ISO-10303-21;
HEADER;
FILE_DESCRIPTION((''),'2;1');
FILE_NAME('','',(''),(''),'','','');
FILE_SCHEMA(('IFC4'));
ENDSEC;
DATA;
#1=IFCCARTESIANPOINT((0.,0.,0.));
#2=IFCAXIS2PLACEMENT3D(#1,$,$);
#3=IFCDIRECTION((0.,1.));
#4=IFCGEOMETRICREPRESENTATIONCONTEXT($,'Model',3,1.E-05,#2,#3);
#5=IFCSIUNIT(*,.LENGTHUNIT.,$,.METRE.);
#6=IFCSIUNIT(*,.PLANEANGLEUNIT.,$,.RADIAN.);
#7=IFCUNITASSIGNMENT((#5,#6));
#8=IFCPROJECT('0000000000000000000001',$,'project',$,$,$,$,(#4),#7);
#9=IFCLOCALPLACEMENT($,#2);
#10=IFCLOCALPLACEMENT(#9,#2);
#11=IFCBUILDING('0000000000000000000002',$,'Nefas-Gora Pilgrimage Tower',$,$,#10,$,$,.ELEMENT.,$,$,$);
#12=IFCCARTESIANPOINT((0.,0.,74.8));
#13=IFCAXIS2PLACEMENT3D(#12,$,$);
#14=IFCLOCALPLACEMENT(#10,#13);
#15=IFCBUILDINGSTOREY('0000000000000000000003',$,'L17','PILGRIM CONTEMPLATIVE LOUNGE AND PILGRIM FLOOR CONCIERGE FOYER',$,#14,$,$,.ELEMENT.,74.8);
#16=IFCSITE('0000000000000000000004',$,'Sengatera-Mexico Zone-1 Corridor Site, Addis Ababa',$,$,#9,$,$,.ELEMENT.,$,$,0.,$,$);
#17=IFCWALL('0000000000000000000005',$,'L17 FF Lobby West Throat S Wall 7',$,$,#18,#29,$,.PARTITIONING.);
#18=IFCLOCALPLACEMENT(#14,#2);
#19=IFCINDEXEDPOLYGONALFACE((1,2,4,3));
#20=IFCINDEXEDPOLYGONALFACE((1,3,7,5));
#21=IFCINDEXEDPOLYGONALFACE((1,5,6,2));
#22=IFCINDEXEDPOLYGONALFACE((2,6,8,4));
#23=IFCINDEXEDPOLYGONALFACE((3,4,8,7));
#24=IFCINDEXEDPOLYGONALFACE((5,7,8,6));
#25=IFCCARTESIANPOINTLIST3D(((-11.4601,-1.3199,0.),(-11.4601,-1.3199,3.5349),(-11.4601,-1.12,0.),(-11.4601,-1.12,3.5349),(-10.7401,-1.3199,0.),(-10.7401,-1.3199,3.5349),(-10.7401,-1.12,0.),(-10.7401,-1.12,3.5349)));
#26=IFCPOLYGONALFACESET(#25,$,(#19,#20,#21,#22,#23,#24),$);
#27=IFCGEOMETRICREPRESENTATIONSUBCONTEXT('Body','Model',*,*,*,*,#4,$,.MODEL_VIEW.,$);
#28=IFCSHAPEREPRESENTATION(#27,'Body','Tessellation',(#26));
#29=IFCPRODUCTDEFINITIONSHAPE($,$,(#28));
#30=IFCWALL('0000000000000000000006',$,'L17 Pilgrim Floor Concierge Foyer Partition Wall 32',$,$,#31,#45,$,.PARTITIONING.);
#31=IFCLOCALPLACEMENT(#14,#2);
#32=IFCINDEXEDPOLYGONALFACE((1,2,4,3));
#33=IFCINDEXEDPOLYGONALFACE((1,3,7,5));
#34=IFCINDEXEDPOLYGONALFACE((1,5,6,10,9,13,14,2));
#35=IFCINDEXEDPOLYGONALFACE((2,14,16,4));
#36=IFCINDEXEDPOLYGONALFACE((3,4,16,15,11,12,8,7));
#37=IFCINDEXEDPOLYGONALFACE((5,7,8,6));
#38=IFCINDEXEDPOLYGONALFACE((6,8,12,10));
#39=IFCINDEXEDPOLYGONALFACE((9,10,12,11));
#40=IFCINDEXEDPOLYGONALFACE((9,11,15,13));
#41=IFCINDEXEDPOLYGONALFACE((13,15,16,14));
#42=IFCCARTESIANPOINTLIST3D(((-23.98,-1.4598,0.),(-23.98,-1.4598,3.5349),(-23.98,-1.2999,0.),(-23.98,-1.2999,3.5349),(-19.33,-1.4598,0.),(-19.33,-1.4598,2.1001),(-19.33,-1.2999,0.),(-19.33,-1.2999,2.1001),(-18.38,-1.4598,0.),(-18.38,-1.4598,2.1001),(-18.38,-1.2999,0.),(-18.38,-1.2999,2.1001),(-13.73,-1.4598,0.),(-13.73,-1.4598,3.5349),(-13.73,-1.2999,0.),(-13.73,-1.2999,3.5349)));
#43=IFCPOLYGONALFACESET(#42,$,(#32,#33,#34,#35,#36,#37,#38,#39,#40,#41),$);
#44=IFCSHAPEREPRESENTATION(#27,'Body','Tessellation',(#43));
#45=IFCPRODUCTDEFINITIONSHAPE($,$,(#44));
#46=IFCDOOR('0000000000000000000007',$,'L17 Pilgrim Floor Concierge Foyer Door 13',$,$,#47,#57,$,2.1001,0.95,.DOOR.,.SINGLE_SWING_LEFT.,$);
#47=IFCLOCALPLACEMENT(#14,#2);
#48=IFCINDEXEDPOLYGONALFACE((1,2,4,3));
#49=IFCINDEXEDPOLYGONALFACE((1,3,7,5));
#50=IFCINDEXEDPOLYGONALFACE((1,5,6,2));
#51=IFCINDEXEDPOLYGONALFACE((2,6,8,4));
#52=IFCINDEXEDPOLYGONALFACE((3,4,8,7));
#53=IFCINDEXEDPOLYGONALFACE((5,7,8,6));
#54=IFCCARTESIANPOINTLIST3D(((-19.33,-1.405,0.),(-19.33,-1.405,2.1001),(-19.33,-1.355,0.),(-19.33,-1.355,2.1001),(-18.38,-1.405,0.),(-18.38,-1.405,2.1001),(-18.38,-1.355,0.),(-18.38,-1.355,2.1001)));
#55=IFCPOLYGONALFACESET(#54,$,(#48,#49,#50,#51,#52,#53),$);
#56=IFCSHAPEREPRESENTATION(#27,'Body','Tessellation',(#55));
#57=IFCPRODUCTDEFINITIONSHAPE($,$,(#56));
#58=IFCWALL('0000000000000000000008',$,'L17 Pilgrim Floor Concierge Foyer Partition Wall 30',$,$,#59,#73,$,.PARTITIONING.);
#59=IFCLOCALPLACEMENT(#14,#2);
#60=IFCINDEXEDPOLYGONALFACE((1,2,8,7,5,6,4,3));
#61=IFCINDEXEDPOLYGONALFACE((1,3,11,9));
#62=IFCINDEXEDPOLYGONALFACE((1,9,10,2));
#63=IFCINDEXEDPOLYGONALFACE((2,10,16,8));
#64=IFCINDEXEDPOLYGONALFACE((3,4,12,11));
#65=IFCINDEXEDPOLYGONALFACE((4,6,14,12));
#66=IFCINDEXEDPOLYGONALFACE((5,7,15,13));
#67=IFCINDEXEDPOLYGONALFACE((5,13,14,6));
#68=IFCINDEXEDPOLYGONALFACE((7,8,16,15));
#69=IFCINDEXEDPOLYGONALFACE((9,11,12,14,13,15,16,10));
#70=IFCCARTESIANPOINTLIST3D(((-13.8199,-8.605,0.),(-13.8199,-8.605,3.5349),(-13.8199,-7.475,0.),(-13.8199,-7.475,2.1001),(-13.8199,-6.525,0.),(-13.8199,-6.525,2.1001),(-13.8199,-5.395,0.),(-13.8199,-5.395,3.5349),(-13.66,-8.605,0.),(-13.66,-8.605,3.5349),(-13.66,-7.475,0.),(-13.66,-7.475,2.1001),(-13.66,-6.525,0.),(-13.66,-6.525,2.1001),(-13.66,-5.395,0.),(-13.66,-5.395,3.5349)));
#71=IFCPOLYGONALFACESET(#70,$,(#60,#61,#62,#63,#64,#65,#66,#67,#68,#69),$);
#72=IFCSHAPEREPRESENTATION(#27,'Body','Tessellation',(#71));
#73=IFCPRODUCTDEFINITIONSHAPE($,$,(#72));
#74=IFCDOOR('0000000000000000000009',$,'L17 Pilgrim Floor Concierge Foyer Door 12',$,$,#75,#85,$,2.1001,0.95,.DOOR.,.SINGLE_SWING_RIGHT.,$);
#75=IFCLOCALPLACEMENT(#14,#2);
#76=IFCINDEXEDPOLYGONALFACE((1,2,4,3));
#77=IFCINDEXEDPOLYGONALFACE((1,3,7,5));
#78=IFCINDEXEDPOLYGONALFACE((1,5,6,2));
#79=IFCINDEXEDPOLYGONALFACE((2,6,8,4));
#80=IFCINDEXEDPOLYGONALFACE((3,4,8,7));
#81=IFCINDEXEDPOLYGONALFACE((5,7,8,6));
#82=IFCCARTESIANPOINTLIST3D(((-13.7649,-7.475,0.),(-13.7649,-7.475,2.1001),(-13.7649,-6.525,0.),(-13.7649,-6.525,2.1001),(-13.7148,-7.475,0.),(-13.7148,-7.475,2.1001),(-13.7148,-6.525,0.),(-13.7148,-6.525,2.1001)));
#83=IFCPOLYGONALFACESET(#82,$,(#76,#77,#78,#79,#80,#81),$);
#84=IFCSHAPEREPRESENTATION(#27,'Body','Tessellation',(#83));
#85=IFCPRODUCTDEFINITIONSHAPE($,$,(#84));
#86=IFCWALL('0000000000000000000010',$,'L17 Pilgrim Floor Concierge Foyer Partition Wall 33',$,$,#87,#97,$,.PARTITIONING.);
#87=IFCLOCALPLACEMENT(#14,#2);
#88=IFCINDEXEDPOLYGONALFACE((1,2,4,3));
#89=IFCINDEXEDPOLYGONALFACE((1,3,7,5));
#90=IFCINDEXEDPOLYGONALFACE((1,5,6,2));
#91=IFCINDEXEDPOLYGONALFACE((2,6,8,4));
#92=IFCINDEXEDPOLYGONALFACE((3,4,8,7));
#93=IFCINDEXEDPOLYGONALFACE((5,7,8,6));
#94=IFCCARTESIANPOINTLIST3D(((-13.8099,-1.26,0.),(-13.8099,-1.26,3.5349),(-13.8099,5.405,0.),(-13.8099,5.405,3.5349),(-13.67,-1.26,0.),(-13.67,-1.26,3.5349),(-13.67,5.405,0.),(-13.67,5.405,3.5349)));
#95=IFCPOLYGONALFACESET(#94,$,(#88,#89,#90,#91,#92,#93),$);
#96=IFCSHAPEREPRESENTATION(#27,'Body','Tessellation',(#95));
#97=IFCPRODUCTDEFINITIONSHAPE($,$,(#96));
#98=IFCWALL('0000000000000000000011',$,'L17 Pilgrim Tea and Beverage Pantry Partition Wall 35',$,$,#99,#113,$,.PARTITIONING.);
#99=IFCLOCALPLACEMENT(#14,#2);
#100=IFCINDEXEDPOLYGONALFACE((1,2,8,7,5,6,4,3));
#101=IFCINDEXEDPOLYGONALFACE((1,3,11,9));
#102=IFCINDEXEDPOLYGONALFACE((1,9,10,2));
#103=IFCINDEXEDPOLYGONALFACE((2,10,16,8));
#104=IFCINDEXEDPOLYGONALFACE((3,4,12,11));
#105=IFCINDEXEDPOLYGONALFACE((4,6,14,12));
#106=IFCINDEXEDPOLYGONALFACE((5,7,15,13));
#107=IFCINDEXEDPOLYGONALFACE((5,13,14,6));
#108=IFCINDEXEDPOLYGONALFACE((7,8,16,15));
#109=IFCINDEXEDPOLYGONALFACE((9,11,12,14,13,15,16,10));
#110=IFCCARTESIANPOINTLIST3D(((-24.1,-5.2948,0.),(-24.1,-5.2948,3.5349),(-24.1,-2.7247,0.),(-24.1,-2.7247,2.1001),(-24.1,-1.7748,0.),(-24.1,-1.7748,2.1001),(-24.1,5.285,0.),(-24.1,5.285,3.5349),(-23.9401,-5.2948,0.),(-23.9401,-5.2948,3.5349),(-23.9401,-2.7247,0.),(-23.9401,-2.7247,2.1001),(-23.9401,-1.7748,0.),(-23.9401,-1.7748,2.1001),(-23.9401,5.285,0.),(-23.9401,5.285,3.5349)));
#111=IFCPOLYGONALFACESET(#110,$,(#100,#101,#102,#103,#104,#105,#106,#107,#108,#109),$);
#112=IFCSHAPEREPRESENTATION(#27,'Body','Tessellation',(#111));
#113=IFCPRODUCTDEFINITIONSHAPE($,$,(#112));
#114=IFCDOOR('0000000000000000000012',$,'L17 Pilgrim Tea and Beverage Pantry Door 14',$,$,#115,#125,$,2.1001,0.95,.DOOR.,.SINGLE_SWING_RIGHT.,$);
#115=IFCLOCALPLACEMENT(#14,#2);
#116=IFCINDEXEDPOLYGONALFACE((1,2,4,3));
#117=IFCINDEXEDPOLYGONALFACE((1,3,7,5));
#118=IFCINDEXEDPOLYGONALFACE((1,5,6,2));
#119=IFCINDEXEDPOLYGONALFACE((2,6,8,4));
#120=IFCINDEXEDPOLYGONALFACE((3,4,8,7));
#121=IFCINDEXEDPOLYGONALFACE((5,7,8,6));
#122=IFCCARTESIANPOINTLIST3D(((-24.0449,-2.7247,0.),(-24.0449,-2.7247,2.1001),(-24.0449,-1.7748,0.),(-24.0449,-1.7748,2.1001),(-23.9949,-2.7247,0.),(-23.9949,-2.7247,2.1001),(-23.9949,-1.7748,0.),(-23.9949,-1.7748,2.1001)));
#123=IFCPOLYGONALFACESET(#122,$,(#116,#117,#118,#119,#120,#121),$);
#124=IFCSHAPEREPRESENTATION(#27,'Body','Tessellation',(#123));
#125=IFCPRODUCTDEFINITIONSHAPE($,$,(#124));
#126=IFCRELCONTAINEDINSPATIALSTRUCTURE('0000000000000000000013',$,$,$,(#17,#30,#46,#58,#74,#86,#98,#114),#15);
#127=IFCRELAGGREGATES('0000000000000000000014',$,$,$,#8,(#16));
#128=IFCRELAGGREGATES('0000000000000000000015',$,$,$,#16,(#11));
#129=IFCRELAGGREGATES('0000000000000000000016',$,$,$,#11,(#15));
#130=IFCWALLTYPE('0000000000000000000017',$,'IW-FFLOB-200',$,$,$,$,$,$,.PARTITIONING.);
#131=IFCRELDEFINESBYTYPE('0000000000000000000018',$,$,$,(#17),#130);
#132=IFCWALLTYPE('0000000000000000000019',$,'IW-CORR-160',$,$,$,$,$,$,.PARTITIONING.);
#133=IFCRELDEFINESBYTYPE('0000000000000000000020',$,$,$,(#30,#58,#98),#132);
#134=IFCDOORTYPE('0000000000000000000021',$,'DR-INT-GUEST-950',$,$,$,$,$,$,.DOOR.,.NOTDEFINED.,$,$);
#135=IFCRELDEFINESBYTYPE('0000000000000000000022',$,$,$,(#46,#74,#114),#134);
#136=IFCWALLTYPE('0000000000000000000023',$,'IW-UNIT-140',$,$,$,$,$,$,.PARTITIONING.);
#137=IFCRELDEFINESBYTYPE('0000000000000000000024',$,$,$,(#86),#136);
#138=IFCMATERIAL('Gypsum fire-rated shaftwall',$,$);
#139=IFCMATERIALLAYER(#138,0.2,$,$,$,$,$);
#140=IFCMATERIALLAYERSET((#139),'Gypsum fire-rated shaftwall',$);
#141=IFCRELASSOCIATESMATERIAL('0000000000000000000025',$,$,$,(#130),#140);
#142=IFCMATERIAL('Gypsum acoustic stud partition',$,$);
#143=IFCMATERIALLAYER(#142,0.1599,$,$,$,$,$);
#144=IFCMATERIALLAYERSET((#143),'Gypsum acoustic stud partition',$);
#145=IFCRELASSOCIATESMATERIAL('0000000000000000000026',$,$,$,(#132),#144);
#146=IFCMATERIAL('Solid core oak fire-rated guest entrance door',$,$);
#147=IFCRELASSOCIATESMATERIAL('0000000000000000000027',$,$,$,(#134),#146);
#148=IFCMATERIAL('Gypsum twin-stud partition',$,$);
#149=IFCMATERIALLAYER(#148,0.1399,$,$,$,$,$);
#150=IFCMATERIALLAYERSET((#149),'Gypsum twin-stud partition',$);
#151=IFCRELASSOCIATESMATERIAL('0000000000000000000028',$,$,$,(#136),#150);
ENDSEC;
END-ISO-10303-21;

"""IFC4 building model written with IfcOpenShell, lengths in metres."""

from ifc_helpers import new_model, si_unit, direction, frame, frame_2d, origin, place, context, subcontext, project, spatial, rectangle, extrude, source, transform, mapped, material, layer, layer_set, type_object, element, fill, save


model = new_model("IFC4")

# Units and contexts
model_context = context("Model", 3, precision=1e-05, world=origin(), true_north=direction((0.0, 1.0)))
body_context = subcontext(model_context, "Body", "Model", "MODEL_VIEW")
ifc_project = project(units=[si_unit("LENGTHUNIT", "METRE"), si_unit("PLANEANGLEUNIT", "RADIAN")], contexts=[model_context])

# Site, building, storey
site_placement = place(None, origin())
site = spatial("IfcSite", under=ifc_project, at=site_placement, Name="Sengatera-Mexico Zone-1 Corridor Site, Addis Ababa", CompositionType="ELEMENT", RefElevation=0.0)
building_placement = place(site_placement, origin())
building = spatial("IfcBuilding", under=site, at=building_placement, Name="Nefas-Gora Pilgrimage Tower", CompositionType="ELEMENT")
storey_placement = place(building_placement, frame((0.0, 0.0, 74.8)))
storey = spatial("IfcBuildingStorey", under=building, at=storey_placement, Name="L17", Description="PILGRIM CONTEMPLATIVE LOUNGE AND PILGRIM FLOOR CONCIERGE FOYER", CompositionType="ELEMENT", Elevation=74.8)

# Shared definitions
ifc_material_1 = material(Name="Gypsum fire-rated shaftwall")
ifc_layer_1 = layer(ifc_material_1, 0.2)
ifc_layer_set_1 = layer_set([ifc_layer_1], Name="Gypsum fire-rated shaftwall")
wall_type_1 = type_object("IfcWallType", Name="IW-FFLOB-200", PredefinedType="PARTITIONING", material=ifc_layer_set_1)

# Wall
shared_shape_1 = source(origin(), body_context, "Body", "SweptSolid", [
    extrude(rectangle(XDim=0.72, YDim=0.2, at=frame_2d((0.3599, 0.0))), origin(), (0.0, 0.0, 1.0), 3.5349),
])
wall_1_placement = place(storey_placement, frame((-11.46, -1.22, 0.0), z_axis=(0.0, 0.0, 1.0), x_axis=(1.0, 0.0, 0.0)))
element("IfcWall", 1, at=wall_1_placement, inside=storey, type_object=wall_type_1, Name="L17 FF Lobby West Throat S Wall 7", PredefinedType="PARTITIONING", context=body_context, shape_type="MappedRepresentation", body=[
    mapped(shared_shape_1, transform((0.0, 0.0, 0.0), x_axis=(1.0, 0.0, 0.0), y_axis=(0.0, 1.0, 0.0), z_axis=(0.0, 0.0, 1.0), scale=1.0)),
])

# Walls, openings, doors
ifc_material_2 = material(Name="Gypsum acoustic stud partition")
ifc_layer_2 = layer(ifc_material_2, 0.1599)
ifc_layer_set_2 = layer_set([ifc_layer_2], Name="Gypsum acoustic stud partition")
wall_type_2 = type_object("IfcWallType", Name="IW-CORR-160", PredefinedType="PARTITIONING", material=ifc_layer_set_2)
shared_shape_2 = source(origin(), body_context, "Body", "SweptSolid", [
    extrude(rectangle(XDim=10.25, YDim=0.1599, at=frame_2d((5.125, 0.0))), origin(), (0.0, 0.0, 1.0), 3.5349),
])
wall_2_placement = place(storey_placement, frame((-23.98, -1.3799, 0.0), z_axis=(0.0, 0.0, 1.0), x_axis=(1.0, 0.0, 0.0)))
wall_2 = element("IfcWall", 2, at=wall_2_placement, inside=storey, type_object=wall_type_2, Name="L17 Pilgrim Floor Concierge Foyer Partition Wall 32", PredefinedType="PARTITIONING", context=body_context, shape_type="MappedRepresentation", body=[
    mapped(shared_shape_2, transform((0.0, 0.0, 0.0), x_axis=(1.0, 0.0, 0.0), y_axis=(0.0, 1.0, 0.0), z_axis=(0.0, 0.0, 1.0), scale=1.0)),
])
opening_1_placement = place(wall_2_placement, frame((4.6499, 0.0, 0.0)))
opening_1 = element("IfcOpeningElement", 3, at=opening_1_placement, cuts=wall_2, PredefinedType="OPENING", context=body_context, shape_type="SweptSolid", body=[
    extrude(rectangle(XDim=0.95, YDim=2.1001, at=frame_2d((0.4751, 1.05))), frame((0.0, 0.0898, 0.0), z_axis=(0.0, -1.0, 0.0), x_axis=(1.0, 0.0, 0.0)), (0.0, 0.0, 1.0), 0.1799),
])
ifc_material_3 = material(Name="Solid core oak fire-rated guest entrance door")
door_type_1 = type_object("IfcDoorType", Name="DR-INT-GUEST-950", OperationType="NOTDEFINED", PredefinedType="DOOR", material=ifc_material_3)
shared_shape_3 = source(origin(), body_context, "Body", "SweptSolid", [
    extrude(rectangle(XDim=0.95, YDim=2.1001, at=frame_2d((0.4751, 1.05))), frame((0.0, 0.0249, 0.0), z_axis=(0.0, -1.0, 0.0), x_axis=(1.0, 0.0, 0.0)), (0.0, 0.0, 1.0), 0.05),
])
door_1_placement = place(opening_1_placement, origin())
door_1 = element("IfcDoor", 4, at=door_1_placement, inside=storey, type_object=door_type_1, Name="L17 Pilgrim Floor Concierge Foyer Door 13", OperationType="SINGLE_SWING_LEFT", OverallHeight=2.1001, OverallWidth=0.95, PredefinedType="DOOR", context=body_context, shape_type="MappedRepresentation", body=[
    mapped(shared_shape_3, transform((0.0, 0.0, 0.0), x_axis=(1.0, 0.0, 0.0), y_axis=(0.0, 1.0, 0.0), z_axis=(0.0, 0.0, 1.0), scale=1.0)),
])
fill(opening_1, door_1)
shared_shape_4 = source(origin(), body_context, "Body", "SweptSolid", [
    extrude(rectangle(XDim=3.21, YDim=0.1599, at=frame_2d((1.605, 0.0))), origin(), (0.0, 0.0, 1.0), 3.5349),
])
wall_3_placement = place(storey_placement, frame((-13.74, -8.605, 0.0), z_axis=(0.0, 0.0, 1.0), x_axis=(0.0, 1.0, 0.0)))
wall_3 = element("IfcWall", 5, at=wall_3_placement, inside=storey, type_object=wall_type_2, Name="L17 Pilgrim Floor Concierge Foyer Partition Wall 30", PredefinedType="PARTITIONING", context=body_context, shape_type="MappedRepresentation", body=[
    mapped(shared_shape_4, transform((0.0, 0.0, 0.0), x_axis=(1.0, 0.0, 0.0), y_axis=(0.0, 1.0, 0.0), z_axis=(0.0, 0.0, 1.0), scale=1.0)),
])
opening_2_placement = place(wall_3_placement, frame((1.1299, 0.0, 0.0)))
opening_2 = element("IfcOpeningElement", 6, at=opening_2_placement, cuts=wall_3, PredefinedType="OPENING", context=body_context, shape_type="SweptSolid", body=[
    extrude(rectangle(XDim=0.95, YDim=2.1001, at=frame_2d((0.4751, 1.05))), frame((0.0, 0.0898, 0.0), z_axis=(0.0, -1.0, 0.0), x_axis=(1.0, 0.0, 0.0)), (0.0, 0.0, 1.0), 0.1799),
])
door_2_placement = place(opening_2_placement, origin())
door_2 = element("IfcDoor", 7, at=door_2_placement, inside=storey, type_object=door_type_1, Name="L17 Pilgrim Floor Concierge Foyer Door 12", OperationType="SINGLE_SWING_RIGHT", OverallHeight=2.1001, OverallWidth=0.95, PredefinedType="DOOR", context=body_context, shape_type="MappedRepresentation", body=[
    mapped(shared_shape_3, transform((0.0, 0.0, 0.0), x_axis=(1.0, 0.0, 0.0), y_axis=(0.0, 1.0, 0.0), z_axis=(0.0, 0.0, 1.0), scale=1.0)),
])
fill(opening_2, door_2)

# Wall
ifc_material_4 = material(Name="Gypsum twin-stud partition")
ifc_layer_3 = layer(ifc_material_4, 0.1399)
ifc_layer_set_3 = layer_set([ifc_layer_3], Name="Gypsum twin-stud partition")
wall_type_3 = type_object("IfcWallType", Name="IW-UNIT-140", PredefinedType="PARTITIONING", material=ifc_layer_set_3)
shared_shape_5 = source(origin(), body_context, "Body", "SweptSolid", [
    extrude(rectangle(XDim=6.665, YDim=0.1399, at=frame_2d((3.3325, 0.0))), origin(), (0.0, 0.0, 1.0), 3.5349),
])
wall_4_placement = place(storey_placement, frame((-13.74, -1.26, 0.0), z_axis=(0.0, 0.0, 1.0), x_axis=(0.0, 1.0, 0.0)))
element("IfcWall", 8, at=wall_4_placement, inside=storey, type_object=wall_type_3, Name="L17 Pilgrim Floor Concierge Foyer Partition Wall 33", PredefinedType="PARTITIONING", context=body_context, shape_type="MappedRepresentation", body=[
    mapped(shared_shape_5, transform((0.0, 0.0, 0.0), x_axis=(1.0, 0.0, 0.0), y_axis=(0.0, 1.0, 0.0), z_axis=(0.0, 0.0, 1.0), scale=1.0)),
])

# Wall, opening, door
shared_shape_6 = source(origin(), body_context, "Body", "SweptSolid", [
    extrude(rectangle(XDim=10.5798, YDim=0.1599, at=frame_2d((5.29, 0.0))), origin(), (0.0, 0.0, 1.0), 3.5349),
])
wall_5_placement = place(storey_placement, frame((-24.02, -5.2949, 0.0), z_axis=(0.0, 0.0, 1.0), x_axis=(0.0, 1.0, 0.0)))
wall_5 = element("IfcWall", 9, at=wall_5_placement, inside=storey, type_object=wall_type_2, Name="L17 Pilgrim Tea and Beverage Pantry Partition Wall 35", PredefinedType="PARTITIONING", context=body_context, shape_type="MappedRepresentation", body=[
    mapped(shared_shape_6, transform((0.0, 0.0, 0.0), x_axis=(1.0, 0.0, 0.0), y_axis=(0.0, 1.0, 0.0), z_axis=(0.0, 0.0, 1.0), scale=1.0)),
])
opening_3_placement = place(wall_5_placement, frame((2.5701, 0.0, 0.0)))
opening_3 = element("IfcOpeningElement", 10, at=opening_3_placement, cuts=wall_5, PredefinedType="OPENING", context=body_context, shape_type="SweptSolid", body=[
    extrude(rectangle(XDim=0.95, YDim=2.1001, at=frame_2d((0.4751, 1.05))), frame((0.0, 0.0898, 0.0), z_axis=(0.0, -1.0, 0.0), x_axis=(1.0, 0.0, 0.0)), (0.0, 0.0, 1.0), 0.1799),
])
door_3_placement = place(opening_3_placement, origin())
door_3 = element("IfcDoor", 11, at=door_3_placement, inside=storey, type_object=door_type_1, Name="L17 Pilgrim Tea and Beverage Pantry Door 14", OperationType="SINGLE_SWING_RIGHT", OverallHeight=2.1001, OverallWidth=0.95, PredefinedType="DOOR", context=body_context, shape_type="MappedRepresentation", body=[
    mapped(shared_shape_3, transform((0.0, 0.0, 0.0), x_axis=(1.0, 0.0, 0.0), y_axis=(0.0, 1.0, 0.0), z_axis=(0.0, 0.0, 1.0), scale=1.0)),
])
fill(opening_3, door_3)

save(model, "model.ifc")
